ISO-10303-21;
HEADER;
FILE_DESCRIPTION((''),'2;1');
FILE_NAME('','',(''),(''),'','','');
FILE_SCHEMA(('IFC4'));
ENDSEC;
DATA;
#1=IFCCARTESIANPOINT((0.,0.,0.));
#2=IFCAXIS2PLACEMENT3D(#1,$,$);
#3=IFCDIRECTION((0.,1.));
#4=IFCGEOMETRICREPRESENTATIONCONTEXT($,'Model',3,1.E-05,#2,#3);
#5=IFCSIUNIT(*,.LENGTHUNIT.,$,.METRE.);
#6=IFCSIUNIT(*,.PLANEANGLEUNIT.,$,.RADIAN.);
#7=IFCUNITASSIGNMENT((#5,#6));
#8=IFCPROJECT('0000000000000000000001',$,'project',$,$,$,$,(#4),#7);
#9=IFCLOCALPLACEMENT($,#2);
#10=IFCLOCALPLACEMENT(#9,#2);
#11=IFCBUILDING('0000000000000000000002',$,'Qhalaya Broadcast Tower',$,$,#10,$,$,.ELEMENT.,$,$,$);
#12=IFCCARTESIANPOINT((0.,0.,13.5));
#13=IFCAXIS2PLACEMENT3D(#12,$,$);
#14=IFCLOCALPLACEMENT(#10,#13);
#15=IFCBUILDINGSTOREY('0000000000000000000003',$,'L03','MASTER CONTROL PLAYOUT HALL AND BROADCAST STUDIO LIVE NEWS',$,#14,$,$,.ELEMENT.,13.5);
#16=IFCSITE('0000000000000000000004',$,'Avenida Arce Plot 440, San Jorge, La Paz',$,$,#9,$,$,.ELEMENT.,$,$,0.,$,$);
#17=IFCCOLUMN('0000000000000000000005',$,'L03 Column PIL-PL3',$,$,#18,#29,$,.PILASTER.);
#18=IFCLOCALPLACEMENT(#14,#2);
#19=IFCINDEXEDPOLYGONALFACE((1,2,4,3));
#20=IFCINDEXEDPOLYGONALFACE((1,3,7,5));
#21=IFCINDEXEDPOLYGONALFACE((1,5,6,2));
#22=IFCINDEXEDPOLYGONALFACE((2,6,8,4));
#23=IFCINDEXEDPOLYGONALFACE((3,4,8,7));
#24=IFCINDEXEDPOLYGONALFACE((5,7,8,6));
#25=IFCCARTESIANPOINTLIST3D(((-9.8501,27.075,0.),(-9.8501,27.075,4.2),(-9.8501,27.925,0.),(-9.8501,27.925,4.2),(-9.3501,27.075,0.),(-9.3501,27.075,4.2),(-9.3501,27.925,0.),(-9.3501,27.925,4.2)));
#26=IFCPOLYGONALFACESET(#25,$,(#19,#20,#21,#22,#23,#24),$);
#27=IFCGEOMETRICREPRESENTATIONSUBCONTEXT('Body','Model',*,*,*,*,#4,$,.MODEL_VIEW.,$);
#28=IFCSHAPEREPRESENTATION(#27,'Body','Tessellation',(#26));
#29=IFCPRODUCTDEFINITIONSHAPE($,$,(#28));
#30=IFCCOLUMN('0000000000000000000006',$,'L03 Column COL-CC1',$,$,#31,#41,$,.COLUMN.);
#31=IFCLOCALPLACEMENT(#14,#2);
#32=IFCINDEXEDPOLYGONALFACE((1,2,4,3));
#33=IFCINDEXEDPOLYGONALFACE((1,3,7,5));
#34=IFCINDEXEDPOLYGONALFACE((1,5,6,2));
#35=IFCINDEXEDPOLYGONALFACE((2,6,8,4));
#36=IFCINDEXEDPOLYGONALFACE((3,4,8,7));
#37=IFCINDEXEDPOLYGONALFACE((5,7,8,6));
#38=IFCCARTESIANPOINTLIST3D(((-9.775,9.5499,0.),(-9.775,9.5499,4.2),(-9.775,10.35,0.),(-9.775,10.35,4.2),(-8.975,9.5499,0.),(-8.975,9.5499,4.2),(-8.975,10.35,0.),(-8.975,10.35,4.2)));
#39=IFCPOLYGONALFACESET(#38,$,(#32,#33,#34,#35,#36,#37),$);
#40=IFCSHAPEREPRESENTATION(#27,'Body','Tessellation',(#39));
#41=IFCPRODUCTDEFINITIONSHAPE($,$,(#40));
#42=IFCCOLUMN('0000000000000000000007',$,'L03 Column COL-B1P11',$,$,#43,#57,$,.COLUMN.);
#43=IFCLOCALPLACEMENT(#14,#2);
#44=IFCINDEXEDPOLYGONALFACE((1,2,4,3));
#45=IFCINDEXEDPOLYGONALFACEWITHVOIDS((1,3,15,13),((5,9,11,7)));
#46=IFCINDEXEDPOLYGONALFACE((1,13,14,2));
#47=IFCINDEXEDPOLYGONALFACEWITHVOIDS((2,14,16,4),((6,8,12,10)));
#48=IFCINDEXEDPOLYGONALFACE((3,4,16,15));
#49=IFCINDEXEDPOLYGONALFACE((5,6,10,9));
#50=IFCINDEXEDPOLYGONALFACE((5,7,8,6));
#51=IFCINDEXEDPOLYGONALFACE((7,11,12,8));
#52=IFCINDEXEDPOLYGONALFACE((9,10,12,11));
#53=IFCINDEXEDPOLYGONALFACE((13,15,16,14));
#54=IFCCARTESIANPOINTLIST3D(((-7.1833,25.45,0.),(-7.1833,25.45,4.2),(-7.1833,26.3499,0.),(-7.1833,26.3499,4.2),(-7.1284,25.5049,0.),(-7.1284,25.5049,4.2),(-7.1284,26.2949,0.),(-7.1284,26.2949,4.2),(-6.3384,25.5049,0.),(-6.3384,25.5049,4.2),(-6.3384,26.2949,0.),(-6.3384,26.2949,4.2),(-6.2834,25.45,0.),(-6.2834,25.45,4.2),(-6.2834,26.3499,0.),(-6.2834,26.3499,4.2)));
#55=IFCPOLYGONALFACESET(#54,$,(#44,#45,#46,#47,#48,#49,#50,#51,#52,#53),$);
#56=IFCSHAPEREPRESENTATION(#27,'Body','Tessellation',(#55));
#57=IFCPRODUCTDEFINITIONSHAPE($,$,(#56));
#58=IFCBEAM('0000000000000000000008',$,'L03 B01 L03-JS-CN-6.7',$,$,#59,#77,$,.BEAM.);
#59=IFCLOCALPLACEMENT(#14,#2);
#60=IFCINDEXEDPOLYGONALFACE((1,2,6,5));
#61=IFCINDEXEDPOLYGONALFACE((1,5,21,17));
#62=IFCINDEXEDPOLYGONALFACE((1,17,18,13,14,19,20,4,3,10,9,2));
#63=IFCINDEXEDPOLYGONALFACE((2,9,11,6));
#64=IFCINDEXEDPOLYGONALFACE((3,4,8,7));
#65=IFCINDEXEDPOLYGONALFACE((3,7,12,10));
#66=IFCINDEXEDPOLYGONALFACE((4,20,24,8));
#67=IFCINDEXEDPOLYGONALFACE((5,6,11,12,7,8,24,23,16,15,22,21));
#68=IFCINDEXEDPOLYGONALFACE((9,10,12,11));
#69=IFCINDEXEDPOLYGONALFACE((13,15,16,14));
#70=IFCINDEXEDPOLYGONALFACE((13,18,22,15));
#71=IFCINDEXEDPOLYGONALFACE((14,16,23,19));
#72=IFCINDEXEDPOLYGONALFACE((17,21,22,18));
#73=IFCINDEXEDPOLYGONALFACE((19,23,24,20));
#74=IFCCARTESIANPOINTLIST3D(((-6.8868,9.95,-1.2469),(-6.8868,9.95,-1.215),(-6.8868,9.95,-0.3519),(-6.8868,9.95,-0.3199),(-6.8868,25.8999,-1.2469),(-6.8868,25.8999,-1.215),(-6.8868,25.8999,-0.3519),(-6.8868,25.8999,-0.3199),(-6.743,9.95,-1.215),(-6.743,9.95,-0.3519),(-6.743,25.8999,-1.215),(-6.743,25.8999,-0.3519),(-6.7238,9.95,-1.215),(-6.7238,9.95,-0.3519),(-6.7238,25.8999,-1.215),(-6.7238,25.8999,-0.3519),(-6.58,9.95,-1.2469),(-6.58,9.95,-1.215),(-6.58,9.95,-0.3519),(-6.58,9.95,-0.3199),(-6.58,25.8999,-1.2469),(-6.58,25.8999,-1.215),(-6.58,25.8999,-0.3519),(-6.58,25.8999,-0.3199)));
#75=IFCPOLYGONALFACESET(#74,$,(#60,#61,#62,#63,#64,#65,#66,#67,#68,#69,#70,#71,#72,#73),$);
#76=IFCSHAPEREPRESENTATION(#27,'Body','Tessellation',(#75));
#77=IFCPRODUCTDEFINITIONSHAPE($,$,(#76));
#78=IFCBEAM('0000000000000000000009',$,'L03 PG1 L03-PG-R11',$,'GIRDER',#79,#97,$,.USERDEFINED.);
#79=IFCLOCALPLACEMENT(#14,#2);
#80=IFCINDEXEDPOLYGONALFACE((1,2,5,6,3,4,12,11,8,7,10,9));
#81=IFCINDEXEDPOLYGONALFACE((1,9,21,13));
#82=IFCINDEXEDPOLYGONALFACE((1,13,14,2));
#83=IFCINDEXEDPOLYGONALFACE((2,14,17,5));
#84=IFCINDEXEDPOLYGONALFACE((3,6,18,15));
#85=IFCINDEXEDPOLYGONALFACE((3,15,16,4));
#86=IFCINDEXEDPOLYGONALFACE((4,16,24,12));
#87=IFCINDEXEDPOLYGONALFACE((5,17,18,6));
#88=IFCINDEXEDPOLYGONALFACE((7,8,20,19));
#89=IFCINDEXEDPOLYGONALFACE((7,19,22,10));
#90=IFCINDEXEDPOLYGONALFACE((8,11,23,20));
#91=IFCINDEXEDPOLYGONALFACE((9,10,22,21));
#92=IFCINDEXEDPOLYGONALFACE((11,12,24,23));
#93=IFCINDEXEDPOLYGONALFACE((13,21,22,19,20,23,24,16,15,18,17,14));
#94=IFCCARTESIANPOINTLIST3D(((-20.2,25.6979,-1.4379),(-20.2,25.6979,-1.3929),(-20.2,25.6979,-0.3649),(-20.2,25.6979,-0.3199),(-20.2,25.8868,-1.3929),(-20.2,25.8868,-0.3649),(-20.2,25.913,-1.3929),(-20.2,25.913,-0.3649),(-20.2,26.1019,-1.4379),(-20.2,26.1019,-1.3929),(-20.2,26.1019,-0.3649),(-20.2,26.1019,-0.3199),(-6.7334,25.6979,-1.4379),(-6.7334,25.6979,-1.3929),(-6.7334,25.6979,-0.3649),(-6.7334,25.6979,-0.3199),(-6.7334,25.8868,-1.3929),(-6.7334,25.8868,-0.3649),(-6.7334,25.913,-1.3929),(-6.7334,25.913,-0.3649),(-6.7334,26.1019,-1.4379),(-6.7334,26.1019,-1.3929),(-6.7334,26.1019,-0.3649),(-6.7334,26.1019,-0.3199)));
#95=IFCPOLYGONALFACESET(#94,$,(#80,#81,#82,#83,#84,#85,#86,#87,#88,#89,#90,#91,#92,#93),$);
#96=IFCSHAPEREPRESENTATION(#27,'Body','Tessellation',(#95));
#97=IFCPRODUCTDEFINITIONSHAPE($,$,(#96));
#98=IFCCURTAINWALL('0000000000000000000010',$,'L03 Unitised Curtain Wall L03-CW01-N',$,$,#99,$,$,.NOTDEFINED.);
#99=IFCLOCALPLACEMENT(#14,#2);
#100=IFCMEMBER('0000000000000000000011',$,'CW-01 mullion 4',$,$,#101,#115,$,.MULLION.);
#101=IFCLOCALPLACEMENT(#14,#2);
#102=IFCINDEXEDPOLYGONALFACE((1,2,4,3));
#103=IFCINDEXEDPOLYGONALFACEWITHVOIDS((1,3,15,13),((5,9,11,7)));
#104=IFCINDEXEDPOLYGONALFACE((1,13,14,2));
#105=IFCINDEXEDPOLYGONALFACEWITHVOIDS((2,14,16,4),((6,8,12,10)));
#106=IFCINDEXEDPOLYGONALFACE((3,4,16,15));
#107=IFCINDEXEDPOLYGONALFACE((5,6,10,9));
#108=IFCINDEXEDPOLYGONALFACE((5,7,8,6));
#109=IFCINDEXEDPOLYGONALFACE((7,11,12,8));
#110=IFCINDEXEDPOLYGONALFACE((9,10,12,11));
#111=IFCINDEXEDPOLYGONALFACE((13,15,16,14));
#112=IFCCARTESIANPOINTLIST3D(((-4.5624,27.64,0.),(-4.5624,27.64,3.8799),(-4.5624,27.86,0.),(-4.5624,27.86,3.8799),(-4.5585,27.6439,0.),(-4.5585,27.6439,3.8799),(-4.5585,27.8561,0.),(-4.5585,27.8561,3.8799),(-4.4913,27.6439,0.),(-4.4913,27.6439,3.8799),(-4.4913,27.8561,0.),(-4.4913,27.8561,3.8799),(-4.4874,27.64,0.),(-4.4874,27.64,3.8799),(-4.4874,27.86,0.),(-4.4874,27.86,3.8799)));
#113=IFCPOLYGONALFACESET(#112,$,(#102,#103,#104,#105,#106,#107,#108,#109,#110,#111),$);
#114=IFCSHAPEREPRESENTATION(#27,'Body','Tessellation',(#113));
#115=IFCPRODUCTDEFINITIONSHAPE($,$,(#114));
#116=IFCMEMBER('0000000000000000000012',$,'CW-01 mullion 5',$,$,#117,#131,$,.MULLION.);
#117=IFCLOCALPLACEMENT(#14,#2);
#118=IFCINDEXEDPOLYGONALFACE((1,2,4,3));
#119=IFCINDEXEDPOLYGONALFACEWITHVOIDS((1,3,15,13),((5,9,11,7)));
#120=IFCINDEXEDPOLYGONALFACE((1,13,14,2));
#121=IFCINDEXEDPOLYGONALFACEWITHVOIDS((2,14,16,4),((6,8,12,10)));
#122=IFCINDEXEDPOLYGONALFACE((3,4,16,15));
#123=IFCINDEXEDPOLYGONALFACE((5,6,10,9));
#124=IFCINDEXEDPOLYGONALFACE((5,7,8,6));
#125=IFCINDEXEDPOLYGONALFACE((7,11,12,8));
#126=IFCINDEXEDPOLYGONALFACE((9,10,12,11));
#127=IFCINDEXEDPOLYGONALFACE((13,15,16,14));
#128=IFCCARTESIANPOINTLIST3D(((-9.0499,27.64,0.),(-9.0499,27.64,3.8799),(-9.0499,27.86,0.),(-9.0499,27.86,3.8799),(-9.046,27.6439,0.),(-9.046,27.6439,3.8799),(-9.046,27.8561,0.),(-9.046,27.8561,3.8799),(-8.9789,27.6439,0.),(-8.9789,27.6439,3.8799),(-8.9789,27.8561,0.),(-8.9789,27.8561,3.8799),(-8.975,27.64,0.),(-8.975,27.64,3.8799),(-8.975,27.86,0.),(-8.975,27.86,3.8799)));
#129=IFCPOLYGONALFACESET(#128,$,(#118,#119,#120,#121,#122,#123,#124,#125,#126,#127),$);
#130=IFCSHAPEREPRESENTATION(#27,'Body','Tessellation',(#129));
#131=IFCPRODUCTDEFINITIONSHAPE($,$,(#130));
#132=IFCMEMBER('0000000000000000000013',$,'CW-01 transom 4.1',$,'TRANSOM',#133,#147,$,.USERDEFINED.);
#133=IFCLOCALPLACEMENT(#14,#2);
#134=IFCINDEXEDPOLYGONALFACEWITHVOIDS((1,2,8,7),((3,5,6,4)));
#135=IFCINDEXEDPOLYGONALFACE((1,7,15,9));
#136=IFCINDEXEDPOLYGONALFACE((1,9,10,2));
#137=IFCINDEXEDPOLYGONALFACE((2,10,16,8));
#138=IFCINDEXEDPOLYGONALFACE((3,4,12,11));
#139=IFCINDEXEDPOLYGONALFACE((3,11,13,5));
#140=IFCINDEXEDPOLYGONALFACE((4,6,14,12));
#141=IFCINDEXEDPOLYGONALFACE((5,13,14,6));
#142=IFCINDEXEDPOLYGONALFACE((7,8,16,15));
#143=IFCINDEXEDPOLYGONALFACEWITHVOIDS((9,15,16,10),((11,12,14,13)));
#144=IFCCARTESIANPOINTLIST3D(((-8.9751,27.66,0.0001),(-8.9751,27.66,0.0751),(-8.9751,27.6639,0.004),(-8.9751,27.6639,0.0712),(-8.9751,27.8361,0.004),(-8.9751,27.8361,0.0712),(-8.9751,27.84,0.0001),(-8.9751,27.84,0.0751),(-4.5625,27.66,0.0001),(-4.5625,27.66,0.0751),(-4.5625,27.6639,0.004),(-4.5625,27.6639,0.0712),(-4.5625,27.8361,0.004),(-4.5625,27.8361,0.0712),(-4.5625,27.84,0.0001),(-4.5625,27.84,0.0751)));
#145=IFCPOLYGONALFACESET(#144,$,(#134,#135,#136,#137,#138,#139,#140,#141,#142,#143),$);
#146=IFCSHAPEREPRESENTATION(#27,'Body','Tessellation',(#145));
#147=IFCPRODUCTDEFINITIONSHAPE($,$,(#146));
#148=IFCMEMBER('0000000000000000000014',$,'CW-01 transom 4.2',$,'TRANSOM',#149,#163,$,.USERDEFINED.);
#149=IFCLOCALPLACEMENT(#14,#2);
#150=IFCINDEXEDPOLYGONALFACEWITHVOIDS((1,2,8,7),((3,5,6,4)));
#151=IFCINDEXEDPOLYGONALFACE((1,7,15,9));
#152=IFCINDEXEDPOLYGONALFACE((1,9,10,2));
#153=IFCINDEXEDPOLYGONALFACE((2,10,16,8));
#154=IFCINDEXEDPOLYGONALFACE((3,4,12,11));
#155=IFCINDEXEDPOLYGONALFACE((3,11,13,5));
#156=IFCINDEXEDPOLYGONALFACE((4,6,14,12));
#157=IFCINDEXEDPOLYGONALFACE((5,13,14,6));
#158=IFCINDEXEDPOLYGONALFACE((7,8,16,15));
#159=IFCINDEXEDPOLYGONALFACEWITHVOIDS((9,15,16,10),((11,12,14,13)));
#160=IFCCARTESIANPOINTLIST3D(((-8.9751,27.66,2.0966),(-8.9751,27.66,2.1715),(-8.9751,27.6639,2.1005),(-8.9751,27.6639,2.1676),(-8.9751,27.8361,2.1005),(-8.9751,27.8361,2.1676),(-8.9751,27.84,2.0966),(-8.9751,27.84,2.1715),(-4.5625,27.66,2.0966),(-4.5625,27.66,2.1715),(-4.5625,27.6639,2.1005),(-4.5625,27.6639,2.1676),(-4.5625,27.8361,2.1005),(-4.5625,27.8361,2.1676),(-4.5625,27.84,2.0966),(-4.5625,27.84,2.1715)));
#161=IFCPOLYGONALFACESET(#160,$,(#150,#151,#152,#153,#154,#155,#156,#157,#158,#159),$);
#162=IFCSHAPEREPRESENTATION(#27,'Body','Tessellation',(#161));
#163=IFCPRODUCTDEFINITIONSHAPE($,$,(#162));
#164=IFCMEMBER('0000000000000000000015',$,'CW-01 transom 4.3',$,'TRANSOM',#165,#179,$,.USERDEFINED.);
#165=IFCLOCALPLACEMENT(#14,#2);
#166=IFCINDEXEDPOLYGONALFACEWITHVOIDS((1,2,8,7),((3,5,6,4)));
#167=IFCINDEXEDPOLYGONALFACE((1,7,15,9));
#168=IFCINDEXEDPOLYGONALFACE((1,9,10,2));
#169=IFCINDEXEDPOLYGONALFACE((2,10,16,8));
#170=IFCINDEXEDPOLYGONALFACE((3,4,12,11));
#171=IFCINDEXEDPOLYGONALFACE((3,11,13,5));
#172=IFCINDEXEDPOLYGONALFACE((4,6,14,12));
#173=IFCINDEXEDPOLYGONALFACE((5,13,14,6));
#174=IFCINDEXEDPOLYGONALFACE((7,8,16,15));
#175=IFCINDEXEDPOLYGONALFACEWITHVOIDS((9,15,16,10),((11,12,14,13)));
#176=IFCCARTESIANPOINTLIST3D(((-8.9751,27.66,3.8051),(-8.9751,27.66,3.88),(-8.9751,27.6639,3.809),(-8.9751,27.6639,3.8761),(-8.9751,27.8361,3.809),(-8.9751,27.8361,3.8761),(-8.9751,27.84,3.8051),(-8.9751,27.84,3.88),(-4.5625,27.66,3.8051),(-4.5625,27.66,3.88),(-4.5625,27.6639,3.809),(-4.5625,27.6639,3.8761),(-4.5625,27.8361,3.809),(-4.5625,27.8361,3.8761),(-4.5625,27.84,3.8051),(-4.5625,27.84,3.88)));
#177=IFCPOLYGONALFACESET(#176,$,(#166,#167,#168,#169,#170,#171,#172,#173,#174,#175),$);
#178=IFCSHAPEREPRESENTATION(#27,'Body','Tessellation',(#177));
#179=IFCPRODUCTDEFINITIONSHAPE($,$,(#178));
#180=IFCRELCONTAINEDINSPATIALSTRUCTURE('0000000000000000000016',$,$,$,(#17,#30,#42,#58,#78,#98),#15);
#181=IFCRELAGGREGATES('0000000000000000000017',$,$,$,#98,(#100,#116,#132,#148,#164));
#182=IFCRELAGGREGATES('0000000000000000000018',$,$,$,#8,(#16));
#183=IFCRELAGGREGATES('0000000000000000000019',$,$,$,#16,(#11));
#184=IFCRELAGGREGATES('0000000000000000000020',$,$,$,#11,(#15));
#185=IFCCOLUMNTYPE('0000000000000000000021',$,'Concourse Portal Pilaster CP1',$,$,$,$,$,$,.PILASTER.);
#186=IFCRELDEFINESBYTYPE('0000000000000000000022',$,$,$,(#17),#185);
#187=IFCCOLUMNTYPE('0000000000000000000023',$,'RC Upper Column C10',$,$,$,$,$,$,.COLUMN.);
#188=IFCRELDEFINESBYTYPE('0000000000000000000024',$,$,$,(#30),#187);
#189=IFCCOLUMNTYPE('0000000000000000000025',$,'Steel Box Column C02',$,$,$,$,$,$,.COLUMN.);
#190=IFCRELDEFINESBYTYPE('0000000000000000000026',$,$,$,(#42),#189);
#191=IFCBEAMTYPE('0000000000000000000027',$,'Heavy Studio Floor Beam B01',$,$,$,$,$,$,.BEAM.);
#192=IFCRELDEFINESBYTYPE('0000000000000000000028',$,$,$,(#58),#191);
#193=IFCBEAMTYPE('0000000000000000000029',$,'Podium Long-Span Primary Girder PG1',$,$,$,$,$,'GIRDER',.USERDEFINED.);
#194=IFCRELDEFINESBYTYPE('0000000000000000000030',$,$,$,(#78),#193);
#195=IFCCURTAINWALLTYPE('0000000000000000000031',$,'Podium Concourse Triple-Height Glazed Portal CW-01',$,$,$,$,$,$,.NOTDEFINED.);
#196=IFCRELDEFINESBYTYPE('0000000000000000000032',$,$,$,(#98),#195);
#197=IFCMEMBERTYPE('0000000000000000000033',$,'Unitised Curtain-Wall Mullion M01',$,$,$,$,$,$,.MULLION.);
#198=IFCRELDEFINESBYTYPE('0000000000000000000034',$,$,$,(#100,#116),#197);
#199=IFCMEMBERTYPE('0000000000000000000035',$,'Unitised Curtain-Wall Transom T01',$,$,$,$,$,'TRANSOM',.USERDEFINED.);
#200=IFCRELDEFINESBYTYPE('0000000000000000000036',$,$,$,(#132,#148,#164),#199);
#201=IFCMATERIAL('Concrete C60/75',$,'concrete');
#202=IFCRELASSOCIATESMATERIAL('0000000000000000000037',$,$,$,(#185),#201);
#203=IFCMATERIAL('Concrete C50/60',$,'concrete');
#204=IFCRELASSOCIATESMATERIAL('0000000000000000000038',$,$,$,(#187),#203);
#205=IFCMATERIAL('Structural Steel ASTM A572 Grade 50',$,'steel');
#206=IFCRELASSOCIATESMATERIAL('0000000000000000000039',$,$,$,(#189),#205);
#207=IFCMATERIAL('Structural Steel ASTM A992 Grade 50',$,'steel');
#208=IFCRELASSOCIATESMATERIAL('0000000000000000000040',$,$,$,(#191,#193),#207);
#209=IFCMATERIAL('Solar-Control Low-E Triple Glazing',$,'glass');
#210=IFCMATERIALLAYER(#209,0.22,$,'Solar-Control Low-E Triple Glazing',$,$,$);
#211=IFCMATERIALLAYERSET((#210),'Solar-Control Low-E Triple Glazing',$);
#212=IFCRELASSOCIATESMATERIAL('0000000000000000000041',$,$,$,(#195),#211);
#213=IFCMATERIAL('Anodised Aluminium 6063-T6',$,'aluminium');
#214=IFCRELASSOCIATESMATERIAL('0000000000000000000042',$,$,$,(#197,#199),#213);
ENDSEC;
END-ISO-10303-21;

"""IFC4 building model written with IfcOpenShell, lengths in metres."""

from ifc_helpers import new_model, si_unit, direction, frame, origin, origin_2d, place, context, subcontext, project, spatial, rectangle, hollow_rectangle, i_section, extrude, material, layer, layer_set, material_profile, profile_set, type_object, element, aggregate, save


model = new_model("IFC4")

# Units and contexts
model_context = context("Model", 3, precision=1e-05, world=origin(), true_north=direction((0.0, 1.0)))
body_context = subcontext(model_context, "Body", "Model", "MODEL_VIEW")
ifc_project = project(units=[si_unit("LENGTHUNIT", "METRE"), si_unit("PLANEANGLEUNIT", "RADIAN")], contexts=[model_context])

# Site, building, storey
site_placement = place(None, origin())
site = spatial("IfcSite", under=ifc_project, at=site_placement, Name="Avenida Arce Plot 440, San Jorge, La Paz", CompositionType="ELEMENT", RefElevation=0.0)
building_placement = place(site_placement, origin())
building = spatial("IfcBuilding", under=site, at=building_placement, Name="Qhalaya Broadcast Tower", CompositionType="ELEMENT")
storey_placement = place(building_placement, frame((0.0, 0.0, 13.5)))
storey = spatial("IfcBuildingStorey", under=building, at=storey_placement, Name="L03", Description="MASTER CONTROL PLAYOUT HALL AND BROADCAST STUDIO LIVE NEWS", CompositionType="ELEMENT", Elevation=13.5)

# Columns
ifc_material_1 = material(Name="Concrete C60/75", Category="concrete")
ifc_material_profile_1 = material_profile(ifc_material_1, rectangle(XDim=0.5, YDim=0.8501, at=origin_2d()), Name="RC-PIL 500x850")
ifc_profile_set_1 = profile_set([ifc_material_profile_1], Name="Concrete C60/75")
column_type_1 = type_object("IfcColumnType", Name="Concourse Portal Pilaster CP1", PredefinedType="PILASTER", material=ifc_profile_set_1)
column_1_placement = place(storey_placement, frame((-9.6001, 27.5, 0.0), z_axis=(0.0, 0.0, 1.0), x_axis=(1.0, 0.0, 0.0)))
element("IfcColumn", 1, at=column_1_placement, inside=storey, type_object=column_type_1, Name="L03 Column PIL-PL3", PredefinedType="PILASTER", context=body_context, shape_type="SweptSolid", body=[
    extrude(rectangle(XDim=0.5, YDim=0.8501, at=origin_2d()), origin(), (0.0, 0.0, 1.0), 4.2),
])
ifc_material_2 = material(Name="Concrete C50/60", Category="concrete")
ifc_material_profile_2 = material_profile(ifc_material_2, rectangle(XDim=0.8, YDim=0.8, at=origin_2d()), Name="RC-COL 800x800")
ifc_profile_set_2 = profile_set([ifc_material_profile_2], Name="Concrete C50/60")
column_type_2 = type_object("IfcColumnType", Name="RC Upper Column C10", PredefinedType="COLUMN", material=ifc_profile_set_2)
column_2_placement = place(storey_placement, frame((-9.375, 9.95, 0.0), z_axis=(0.0, 0.0, 1.0), x_axis=(1.0, 0.0, 0.0)))
element("IfcColumn", 2, at=column_2_placement, inside=storey, type_object=column_type_2, Name="L03 Column COL-CC1", PredefinedType="COLUMN", context=body_context, shape_type="SweptSolid", body=[
    extrude(rectangle(XDim=0.8, YDim=0.8, at=origin_2d()), origin(), (0.0, 0.0, 1.0), 4.2),
])
ifc_material_3 = material(Name="Structural Steel ASTM A572 Grade 50", Category="steel")
ifc_material_profile_3 = material_profile(ifc_material_3, hollow_rectangle(XDim=0.8999, YDim=0.8999, WallThickness=0.0549, at=origin_2d()), Name="BOX 900x900x55")
ifc_profile_set_3 = profile_set([ifc_material_profile_3], Name="Structural Steel ASTM A572 Grade 50")
column_type_3 = type_object("IfcColumnType", Name="Steel Box Column C02", PredefinedType="COLUMN", material=ifc_profile_set_3)
column_3_placement = place(storey_placement, frame((-6.7334, 25.8999, 0.0), z_axis=(0.0, 0.0, 1.0), x_axis=(1.0, 0.0, 0.0)))
element("IfcColumn", 3, at=column_3_placement, inside=storey, type_object=column_type_3, Name="L03 Column COL-B1P11", PredefinedType="COLUMN", context=body_context, shape_type="SweptSolid", body=[
    extrude(hollow_rectangle(XDim=0.8999, YDim=0.8999, WallThickness=0.0549, at=origin_2d()), origin(), (0.0, 0.0, 1.0), 4.2),
])

# Beams
ifc_material_4 = material(Name="Structural Steel ASTM A992 Grade 50", Category="steel")
ifc_material_profile_4 = material_profile(ifc_material_4, i_section(OverallWidth=0.3069, OverallDepth=0.927, WebThickness=0.0193, FlangeThickness=0.032, at=origin_2d()), Name="W36X194")
ifc_profile_set_4 = profile_set([ifc_material_profile_4], Name="Structural Steel ASTM A992 Grade 50")
beam_type_1 = type_object("IfcBeamType", Name="Heavy Studio Floor Beam B01", PredefinedType="BEAM", material=ifc_profile_set_4)
beam_1_placement = place(storey_placement, frame((-6.7334, 9.95, -0.7834), z_axis=(0.0, 1.0, 0.0), x_axis=(-1.0, 0.0, 0.0)))
element("IfcBeam", 4, at=beam_1_placement, inside=storey, type_object=beam_type_1, Name="L03 B01 L03-JS-CN-6.7", PredefinedType="BEAM", context=body_context, shape_type="SweptSolid", body=[
    extrude(i_section(OverallWidth=0.3069, OverallDepth=0.927, WebThickness=0.0193, FlangeThickness=0.032, at=origin_2d()), origin(), (0.0, 0.0, 1.0), 15.95),
])
ifc_material_profile_5 = material_profile(ifc_material_4, i_section(OverallWidth=0.4041, OverallDepth=1.1179, WebThickness=0.0261, FlangeThickness=0.0449, at=origin_2d()), Name="W44X335")
ifc_profile_set_5 = profile_set([ifc_material_profile_5], Name="Structural Steel ASTM A992 Grade 50")
beam_type_2 = type_object("IfcBeamType", Name="Podium Long-Span Primary Girder PG1", ElementType="GIRDER", PredefinedType="USERDEFINED", material=ifc_profile_set_5)
beam_2_placement = place(storey_placement, frame((-6.7334, 25.8999, -0.8789), z_axis=(-1.0, 0.0, 0.0), x_axis=(0.0, -1.0, 0.0)))
element("IfcBeam", 5, at=beam_2_placement, inside=storey, type_object=beam_type_2, Name="L03 PG1 L03-PG-R11", ObjectType="GIRDER", PredefinedType="USERDEFINED", context=body_context, shape_type="SweptSolid", body=[
    extrude(i_section(OverallWidth=0.4041, OverallDepth=1.1179, WebThickness=0.0261, FlangeThickness=0.0449, at=origin_2d()), origin(), (0.0, 0.0, 1.0), 13.4666),
])

# Curtain wall, members
ifc_material_5 = material(Name="Solar-Control Low-E Triple Glazing", Category="glass")
ifc_layer_1 = layer(ifc_material_5, 0.22, Name="Solar-Control Low-E Triple Glazing")
ifc_layer_set_1 = layer_set([ifc_layer_1], Name="Solar-Control Low-E Triple Glazing")
curtain_wall_type = type_object("IfcCurtainWallType", Name="Podium Concourse Triple-Height Glazed Portal CW-01", PredefinedType="NOTDEFINED", material=ifc_layer_set_1)
curtain_wall_placement = place(storey_placement, origin())
curtain_wall = element("IfcCurtainWall", 6, at=curtain_wall_placement, inside=storey, type_object=curtain_wall_type, Name="L03 Unitised Curtain Wall L03-CW01-N", PredefinedType="NOTDEFINED")
ifc_material_6 = material(Name="Anodised Aluminium 6063-T6", Category="aluminium")
ifc_material_profile_6 = material_profile(ifc_material_6, hollow_rectangle(XDim=0.075, YDim=0.22, WallThickness=0.0039, at=origin_2d()), Name="ALU-MUL 75x220x4")
ifc_profile_set_6 = profile_set([ifc_material_profile_6], Name="Anodised Aluminium 6063-T6")
member_type_1 = type_object("IfcMemberType", Name="Unitised Curtain-Wall Mullion M01", PredefinedType="MULLION", material=ifc_profile_set_6)
member_1_placement = place(storey_placement, frame((-4.5249, 27.75, 0.0), z_axis=(0.0, 0.0, 1.0), x_axis=(-1.0, 0.0, 0.0)))
member_1 = element("IfcMember", 7, at=member_1_placement, type_object=member_type_1, Name="CW-01 mullion 4", PredefinedType="MULLION", context=body_context, shape_type="SweptSolid", body=[
    extrude(hollow_rectangle(XDim=0.075, YDim=0.22, WallThickness=0.0039, at=origin_2d()), origin(), (0.0, 0.0, 1.0), 3.8799),
])
member_2_placement = place(storey_placement, frame((-9.0125, 27.75, 0.0), z_axis=(0.0, 0.0, 1.0), x_axis=(-1.0, 0.0, 0.0)))
member_2 = element("IfcMember", 8, at=member_2_placement, type_object=member_type_1, Name="CW-01 mullion 5", PredefinedType="MULLION", context=body_context, shape_type="SweptSolid", body=[
    extrude(hollow_rectangle(XDim=0.075, YDim=0.22, WallThickness=0.0039, at=origin_2d()), origin(), (0.0, 0.0, 1.0), 3.8799),
])
ifc_material_profile_7 = material_profile(ifc_material_6, hollow_rectangle(XDim=0.075, YDim=0.1799, WallThickness=0.0039, at=origin_2d()), Name="ALU-TRN 75x180x4")
ifc_profile_set_7 = profile_set([ifc_material_profile_7], Name="Anodised Aluminium 6063-T6")
member_type_2 = type_object("IfcMemberType", Name="Unitised Curtain-Wall Transom T01", ElementType="TRANSOM", PredefinedType="USERDEFINED", material=ifc_profile_set_7)
member_3_placement = place(storey_placement, frame((-4.5625, 27.75, 0.0376), z_axis=(-1.0, 0.0, 0.0), x_axis=(0.0, 0.0, 1.0)))
member_3 = element("IfcMember", 9, at=member_3_placement, type_object=member_type_2, Name="CW-01 transom 4.1", ObjectType="TRANSOM", PredefinedType="USERDEFINED", context=body_context, shape_type="SweptSolid", body=[
    extrude(hollow_rectangle(XDim=0.075, YDim=0.1799, WallThickness=0.0039, at=origin_2d()), origin(), (0.0, 0.0, 1.0), 4.4126),
])
member_4_placement = place(storey_placement, frame((-4.5625, 27.75, 2.134), z_axis=(-1.0, 0.0, 0.0), x_axis=(0.0, 0.0, 1.0)))
member_4 = element("IfcMember", 10, at=member_4_placement, type_object=member_type_2, Name="CW-01 transom 4.2", ObjectType="TRANSOM", PredefinedType="USERDEFINED", context=body_context, shape_type="SweptSolid", body=[
    extrude(hollow_rectangle(XDim=0.075, YDim=0.1799, WallThickness=0.0039, at=origin_2d()), origin(), (0.0, 0.0, 1.0), 4.4126),
])
member_5_placement = place(storey_placement, frame((-4.5625, 27.75, 3.8425), z_axis=(-1.0, 0.0, 0.0), x_axis=(0.0, 0.0, 1.0)))
member_5 = element("IfcMember", 11, at=member_5_placement, type_object=member_type_2, Name="CW-01 transom 4.3", ObjectType="TRANSOM", PredefinedType="USERDEFINED", context=body_context, shape_type="SweptSolid", body=[
    extrude(hollow_rectangle(XDim=0.075, YDim=0.1799, WallThickness=0.0039, at=origin_2d()), origin(), (0.0, 0.0, 1.0), 4.4126),
])
aggregate(curtain_wall, [member_1, member_2, member_3, member_4, member_5])

save(model, "model.ifc")
